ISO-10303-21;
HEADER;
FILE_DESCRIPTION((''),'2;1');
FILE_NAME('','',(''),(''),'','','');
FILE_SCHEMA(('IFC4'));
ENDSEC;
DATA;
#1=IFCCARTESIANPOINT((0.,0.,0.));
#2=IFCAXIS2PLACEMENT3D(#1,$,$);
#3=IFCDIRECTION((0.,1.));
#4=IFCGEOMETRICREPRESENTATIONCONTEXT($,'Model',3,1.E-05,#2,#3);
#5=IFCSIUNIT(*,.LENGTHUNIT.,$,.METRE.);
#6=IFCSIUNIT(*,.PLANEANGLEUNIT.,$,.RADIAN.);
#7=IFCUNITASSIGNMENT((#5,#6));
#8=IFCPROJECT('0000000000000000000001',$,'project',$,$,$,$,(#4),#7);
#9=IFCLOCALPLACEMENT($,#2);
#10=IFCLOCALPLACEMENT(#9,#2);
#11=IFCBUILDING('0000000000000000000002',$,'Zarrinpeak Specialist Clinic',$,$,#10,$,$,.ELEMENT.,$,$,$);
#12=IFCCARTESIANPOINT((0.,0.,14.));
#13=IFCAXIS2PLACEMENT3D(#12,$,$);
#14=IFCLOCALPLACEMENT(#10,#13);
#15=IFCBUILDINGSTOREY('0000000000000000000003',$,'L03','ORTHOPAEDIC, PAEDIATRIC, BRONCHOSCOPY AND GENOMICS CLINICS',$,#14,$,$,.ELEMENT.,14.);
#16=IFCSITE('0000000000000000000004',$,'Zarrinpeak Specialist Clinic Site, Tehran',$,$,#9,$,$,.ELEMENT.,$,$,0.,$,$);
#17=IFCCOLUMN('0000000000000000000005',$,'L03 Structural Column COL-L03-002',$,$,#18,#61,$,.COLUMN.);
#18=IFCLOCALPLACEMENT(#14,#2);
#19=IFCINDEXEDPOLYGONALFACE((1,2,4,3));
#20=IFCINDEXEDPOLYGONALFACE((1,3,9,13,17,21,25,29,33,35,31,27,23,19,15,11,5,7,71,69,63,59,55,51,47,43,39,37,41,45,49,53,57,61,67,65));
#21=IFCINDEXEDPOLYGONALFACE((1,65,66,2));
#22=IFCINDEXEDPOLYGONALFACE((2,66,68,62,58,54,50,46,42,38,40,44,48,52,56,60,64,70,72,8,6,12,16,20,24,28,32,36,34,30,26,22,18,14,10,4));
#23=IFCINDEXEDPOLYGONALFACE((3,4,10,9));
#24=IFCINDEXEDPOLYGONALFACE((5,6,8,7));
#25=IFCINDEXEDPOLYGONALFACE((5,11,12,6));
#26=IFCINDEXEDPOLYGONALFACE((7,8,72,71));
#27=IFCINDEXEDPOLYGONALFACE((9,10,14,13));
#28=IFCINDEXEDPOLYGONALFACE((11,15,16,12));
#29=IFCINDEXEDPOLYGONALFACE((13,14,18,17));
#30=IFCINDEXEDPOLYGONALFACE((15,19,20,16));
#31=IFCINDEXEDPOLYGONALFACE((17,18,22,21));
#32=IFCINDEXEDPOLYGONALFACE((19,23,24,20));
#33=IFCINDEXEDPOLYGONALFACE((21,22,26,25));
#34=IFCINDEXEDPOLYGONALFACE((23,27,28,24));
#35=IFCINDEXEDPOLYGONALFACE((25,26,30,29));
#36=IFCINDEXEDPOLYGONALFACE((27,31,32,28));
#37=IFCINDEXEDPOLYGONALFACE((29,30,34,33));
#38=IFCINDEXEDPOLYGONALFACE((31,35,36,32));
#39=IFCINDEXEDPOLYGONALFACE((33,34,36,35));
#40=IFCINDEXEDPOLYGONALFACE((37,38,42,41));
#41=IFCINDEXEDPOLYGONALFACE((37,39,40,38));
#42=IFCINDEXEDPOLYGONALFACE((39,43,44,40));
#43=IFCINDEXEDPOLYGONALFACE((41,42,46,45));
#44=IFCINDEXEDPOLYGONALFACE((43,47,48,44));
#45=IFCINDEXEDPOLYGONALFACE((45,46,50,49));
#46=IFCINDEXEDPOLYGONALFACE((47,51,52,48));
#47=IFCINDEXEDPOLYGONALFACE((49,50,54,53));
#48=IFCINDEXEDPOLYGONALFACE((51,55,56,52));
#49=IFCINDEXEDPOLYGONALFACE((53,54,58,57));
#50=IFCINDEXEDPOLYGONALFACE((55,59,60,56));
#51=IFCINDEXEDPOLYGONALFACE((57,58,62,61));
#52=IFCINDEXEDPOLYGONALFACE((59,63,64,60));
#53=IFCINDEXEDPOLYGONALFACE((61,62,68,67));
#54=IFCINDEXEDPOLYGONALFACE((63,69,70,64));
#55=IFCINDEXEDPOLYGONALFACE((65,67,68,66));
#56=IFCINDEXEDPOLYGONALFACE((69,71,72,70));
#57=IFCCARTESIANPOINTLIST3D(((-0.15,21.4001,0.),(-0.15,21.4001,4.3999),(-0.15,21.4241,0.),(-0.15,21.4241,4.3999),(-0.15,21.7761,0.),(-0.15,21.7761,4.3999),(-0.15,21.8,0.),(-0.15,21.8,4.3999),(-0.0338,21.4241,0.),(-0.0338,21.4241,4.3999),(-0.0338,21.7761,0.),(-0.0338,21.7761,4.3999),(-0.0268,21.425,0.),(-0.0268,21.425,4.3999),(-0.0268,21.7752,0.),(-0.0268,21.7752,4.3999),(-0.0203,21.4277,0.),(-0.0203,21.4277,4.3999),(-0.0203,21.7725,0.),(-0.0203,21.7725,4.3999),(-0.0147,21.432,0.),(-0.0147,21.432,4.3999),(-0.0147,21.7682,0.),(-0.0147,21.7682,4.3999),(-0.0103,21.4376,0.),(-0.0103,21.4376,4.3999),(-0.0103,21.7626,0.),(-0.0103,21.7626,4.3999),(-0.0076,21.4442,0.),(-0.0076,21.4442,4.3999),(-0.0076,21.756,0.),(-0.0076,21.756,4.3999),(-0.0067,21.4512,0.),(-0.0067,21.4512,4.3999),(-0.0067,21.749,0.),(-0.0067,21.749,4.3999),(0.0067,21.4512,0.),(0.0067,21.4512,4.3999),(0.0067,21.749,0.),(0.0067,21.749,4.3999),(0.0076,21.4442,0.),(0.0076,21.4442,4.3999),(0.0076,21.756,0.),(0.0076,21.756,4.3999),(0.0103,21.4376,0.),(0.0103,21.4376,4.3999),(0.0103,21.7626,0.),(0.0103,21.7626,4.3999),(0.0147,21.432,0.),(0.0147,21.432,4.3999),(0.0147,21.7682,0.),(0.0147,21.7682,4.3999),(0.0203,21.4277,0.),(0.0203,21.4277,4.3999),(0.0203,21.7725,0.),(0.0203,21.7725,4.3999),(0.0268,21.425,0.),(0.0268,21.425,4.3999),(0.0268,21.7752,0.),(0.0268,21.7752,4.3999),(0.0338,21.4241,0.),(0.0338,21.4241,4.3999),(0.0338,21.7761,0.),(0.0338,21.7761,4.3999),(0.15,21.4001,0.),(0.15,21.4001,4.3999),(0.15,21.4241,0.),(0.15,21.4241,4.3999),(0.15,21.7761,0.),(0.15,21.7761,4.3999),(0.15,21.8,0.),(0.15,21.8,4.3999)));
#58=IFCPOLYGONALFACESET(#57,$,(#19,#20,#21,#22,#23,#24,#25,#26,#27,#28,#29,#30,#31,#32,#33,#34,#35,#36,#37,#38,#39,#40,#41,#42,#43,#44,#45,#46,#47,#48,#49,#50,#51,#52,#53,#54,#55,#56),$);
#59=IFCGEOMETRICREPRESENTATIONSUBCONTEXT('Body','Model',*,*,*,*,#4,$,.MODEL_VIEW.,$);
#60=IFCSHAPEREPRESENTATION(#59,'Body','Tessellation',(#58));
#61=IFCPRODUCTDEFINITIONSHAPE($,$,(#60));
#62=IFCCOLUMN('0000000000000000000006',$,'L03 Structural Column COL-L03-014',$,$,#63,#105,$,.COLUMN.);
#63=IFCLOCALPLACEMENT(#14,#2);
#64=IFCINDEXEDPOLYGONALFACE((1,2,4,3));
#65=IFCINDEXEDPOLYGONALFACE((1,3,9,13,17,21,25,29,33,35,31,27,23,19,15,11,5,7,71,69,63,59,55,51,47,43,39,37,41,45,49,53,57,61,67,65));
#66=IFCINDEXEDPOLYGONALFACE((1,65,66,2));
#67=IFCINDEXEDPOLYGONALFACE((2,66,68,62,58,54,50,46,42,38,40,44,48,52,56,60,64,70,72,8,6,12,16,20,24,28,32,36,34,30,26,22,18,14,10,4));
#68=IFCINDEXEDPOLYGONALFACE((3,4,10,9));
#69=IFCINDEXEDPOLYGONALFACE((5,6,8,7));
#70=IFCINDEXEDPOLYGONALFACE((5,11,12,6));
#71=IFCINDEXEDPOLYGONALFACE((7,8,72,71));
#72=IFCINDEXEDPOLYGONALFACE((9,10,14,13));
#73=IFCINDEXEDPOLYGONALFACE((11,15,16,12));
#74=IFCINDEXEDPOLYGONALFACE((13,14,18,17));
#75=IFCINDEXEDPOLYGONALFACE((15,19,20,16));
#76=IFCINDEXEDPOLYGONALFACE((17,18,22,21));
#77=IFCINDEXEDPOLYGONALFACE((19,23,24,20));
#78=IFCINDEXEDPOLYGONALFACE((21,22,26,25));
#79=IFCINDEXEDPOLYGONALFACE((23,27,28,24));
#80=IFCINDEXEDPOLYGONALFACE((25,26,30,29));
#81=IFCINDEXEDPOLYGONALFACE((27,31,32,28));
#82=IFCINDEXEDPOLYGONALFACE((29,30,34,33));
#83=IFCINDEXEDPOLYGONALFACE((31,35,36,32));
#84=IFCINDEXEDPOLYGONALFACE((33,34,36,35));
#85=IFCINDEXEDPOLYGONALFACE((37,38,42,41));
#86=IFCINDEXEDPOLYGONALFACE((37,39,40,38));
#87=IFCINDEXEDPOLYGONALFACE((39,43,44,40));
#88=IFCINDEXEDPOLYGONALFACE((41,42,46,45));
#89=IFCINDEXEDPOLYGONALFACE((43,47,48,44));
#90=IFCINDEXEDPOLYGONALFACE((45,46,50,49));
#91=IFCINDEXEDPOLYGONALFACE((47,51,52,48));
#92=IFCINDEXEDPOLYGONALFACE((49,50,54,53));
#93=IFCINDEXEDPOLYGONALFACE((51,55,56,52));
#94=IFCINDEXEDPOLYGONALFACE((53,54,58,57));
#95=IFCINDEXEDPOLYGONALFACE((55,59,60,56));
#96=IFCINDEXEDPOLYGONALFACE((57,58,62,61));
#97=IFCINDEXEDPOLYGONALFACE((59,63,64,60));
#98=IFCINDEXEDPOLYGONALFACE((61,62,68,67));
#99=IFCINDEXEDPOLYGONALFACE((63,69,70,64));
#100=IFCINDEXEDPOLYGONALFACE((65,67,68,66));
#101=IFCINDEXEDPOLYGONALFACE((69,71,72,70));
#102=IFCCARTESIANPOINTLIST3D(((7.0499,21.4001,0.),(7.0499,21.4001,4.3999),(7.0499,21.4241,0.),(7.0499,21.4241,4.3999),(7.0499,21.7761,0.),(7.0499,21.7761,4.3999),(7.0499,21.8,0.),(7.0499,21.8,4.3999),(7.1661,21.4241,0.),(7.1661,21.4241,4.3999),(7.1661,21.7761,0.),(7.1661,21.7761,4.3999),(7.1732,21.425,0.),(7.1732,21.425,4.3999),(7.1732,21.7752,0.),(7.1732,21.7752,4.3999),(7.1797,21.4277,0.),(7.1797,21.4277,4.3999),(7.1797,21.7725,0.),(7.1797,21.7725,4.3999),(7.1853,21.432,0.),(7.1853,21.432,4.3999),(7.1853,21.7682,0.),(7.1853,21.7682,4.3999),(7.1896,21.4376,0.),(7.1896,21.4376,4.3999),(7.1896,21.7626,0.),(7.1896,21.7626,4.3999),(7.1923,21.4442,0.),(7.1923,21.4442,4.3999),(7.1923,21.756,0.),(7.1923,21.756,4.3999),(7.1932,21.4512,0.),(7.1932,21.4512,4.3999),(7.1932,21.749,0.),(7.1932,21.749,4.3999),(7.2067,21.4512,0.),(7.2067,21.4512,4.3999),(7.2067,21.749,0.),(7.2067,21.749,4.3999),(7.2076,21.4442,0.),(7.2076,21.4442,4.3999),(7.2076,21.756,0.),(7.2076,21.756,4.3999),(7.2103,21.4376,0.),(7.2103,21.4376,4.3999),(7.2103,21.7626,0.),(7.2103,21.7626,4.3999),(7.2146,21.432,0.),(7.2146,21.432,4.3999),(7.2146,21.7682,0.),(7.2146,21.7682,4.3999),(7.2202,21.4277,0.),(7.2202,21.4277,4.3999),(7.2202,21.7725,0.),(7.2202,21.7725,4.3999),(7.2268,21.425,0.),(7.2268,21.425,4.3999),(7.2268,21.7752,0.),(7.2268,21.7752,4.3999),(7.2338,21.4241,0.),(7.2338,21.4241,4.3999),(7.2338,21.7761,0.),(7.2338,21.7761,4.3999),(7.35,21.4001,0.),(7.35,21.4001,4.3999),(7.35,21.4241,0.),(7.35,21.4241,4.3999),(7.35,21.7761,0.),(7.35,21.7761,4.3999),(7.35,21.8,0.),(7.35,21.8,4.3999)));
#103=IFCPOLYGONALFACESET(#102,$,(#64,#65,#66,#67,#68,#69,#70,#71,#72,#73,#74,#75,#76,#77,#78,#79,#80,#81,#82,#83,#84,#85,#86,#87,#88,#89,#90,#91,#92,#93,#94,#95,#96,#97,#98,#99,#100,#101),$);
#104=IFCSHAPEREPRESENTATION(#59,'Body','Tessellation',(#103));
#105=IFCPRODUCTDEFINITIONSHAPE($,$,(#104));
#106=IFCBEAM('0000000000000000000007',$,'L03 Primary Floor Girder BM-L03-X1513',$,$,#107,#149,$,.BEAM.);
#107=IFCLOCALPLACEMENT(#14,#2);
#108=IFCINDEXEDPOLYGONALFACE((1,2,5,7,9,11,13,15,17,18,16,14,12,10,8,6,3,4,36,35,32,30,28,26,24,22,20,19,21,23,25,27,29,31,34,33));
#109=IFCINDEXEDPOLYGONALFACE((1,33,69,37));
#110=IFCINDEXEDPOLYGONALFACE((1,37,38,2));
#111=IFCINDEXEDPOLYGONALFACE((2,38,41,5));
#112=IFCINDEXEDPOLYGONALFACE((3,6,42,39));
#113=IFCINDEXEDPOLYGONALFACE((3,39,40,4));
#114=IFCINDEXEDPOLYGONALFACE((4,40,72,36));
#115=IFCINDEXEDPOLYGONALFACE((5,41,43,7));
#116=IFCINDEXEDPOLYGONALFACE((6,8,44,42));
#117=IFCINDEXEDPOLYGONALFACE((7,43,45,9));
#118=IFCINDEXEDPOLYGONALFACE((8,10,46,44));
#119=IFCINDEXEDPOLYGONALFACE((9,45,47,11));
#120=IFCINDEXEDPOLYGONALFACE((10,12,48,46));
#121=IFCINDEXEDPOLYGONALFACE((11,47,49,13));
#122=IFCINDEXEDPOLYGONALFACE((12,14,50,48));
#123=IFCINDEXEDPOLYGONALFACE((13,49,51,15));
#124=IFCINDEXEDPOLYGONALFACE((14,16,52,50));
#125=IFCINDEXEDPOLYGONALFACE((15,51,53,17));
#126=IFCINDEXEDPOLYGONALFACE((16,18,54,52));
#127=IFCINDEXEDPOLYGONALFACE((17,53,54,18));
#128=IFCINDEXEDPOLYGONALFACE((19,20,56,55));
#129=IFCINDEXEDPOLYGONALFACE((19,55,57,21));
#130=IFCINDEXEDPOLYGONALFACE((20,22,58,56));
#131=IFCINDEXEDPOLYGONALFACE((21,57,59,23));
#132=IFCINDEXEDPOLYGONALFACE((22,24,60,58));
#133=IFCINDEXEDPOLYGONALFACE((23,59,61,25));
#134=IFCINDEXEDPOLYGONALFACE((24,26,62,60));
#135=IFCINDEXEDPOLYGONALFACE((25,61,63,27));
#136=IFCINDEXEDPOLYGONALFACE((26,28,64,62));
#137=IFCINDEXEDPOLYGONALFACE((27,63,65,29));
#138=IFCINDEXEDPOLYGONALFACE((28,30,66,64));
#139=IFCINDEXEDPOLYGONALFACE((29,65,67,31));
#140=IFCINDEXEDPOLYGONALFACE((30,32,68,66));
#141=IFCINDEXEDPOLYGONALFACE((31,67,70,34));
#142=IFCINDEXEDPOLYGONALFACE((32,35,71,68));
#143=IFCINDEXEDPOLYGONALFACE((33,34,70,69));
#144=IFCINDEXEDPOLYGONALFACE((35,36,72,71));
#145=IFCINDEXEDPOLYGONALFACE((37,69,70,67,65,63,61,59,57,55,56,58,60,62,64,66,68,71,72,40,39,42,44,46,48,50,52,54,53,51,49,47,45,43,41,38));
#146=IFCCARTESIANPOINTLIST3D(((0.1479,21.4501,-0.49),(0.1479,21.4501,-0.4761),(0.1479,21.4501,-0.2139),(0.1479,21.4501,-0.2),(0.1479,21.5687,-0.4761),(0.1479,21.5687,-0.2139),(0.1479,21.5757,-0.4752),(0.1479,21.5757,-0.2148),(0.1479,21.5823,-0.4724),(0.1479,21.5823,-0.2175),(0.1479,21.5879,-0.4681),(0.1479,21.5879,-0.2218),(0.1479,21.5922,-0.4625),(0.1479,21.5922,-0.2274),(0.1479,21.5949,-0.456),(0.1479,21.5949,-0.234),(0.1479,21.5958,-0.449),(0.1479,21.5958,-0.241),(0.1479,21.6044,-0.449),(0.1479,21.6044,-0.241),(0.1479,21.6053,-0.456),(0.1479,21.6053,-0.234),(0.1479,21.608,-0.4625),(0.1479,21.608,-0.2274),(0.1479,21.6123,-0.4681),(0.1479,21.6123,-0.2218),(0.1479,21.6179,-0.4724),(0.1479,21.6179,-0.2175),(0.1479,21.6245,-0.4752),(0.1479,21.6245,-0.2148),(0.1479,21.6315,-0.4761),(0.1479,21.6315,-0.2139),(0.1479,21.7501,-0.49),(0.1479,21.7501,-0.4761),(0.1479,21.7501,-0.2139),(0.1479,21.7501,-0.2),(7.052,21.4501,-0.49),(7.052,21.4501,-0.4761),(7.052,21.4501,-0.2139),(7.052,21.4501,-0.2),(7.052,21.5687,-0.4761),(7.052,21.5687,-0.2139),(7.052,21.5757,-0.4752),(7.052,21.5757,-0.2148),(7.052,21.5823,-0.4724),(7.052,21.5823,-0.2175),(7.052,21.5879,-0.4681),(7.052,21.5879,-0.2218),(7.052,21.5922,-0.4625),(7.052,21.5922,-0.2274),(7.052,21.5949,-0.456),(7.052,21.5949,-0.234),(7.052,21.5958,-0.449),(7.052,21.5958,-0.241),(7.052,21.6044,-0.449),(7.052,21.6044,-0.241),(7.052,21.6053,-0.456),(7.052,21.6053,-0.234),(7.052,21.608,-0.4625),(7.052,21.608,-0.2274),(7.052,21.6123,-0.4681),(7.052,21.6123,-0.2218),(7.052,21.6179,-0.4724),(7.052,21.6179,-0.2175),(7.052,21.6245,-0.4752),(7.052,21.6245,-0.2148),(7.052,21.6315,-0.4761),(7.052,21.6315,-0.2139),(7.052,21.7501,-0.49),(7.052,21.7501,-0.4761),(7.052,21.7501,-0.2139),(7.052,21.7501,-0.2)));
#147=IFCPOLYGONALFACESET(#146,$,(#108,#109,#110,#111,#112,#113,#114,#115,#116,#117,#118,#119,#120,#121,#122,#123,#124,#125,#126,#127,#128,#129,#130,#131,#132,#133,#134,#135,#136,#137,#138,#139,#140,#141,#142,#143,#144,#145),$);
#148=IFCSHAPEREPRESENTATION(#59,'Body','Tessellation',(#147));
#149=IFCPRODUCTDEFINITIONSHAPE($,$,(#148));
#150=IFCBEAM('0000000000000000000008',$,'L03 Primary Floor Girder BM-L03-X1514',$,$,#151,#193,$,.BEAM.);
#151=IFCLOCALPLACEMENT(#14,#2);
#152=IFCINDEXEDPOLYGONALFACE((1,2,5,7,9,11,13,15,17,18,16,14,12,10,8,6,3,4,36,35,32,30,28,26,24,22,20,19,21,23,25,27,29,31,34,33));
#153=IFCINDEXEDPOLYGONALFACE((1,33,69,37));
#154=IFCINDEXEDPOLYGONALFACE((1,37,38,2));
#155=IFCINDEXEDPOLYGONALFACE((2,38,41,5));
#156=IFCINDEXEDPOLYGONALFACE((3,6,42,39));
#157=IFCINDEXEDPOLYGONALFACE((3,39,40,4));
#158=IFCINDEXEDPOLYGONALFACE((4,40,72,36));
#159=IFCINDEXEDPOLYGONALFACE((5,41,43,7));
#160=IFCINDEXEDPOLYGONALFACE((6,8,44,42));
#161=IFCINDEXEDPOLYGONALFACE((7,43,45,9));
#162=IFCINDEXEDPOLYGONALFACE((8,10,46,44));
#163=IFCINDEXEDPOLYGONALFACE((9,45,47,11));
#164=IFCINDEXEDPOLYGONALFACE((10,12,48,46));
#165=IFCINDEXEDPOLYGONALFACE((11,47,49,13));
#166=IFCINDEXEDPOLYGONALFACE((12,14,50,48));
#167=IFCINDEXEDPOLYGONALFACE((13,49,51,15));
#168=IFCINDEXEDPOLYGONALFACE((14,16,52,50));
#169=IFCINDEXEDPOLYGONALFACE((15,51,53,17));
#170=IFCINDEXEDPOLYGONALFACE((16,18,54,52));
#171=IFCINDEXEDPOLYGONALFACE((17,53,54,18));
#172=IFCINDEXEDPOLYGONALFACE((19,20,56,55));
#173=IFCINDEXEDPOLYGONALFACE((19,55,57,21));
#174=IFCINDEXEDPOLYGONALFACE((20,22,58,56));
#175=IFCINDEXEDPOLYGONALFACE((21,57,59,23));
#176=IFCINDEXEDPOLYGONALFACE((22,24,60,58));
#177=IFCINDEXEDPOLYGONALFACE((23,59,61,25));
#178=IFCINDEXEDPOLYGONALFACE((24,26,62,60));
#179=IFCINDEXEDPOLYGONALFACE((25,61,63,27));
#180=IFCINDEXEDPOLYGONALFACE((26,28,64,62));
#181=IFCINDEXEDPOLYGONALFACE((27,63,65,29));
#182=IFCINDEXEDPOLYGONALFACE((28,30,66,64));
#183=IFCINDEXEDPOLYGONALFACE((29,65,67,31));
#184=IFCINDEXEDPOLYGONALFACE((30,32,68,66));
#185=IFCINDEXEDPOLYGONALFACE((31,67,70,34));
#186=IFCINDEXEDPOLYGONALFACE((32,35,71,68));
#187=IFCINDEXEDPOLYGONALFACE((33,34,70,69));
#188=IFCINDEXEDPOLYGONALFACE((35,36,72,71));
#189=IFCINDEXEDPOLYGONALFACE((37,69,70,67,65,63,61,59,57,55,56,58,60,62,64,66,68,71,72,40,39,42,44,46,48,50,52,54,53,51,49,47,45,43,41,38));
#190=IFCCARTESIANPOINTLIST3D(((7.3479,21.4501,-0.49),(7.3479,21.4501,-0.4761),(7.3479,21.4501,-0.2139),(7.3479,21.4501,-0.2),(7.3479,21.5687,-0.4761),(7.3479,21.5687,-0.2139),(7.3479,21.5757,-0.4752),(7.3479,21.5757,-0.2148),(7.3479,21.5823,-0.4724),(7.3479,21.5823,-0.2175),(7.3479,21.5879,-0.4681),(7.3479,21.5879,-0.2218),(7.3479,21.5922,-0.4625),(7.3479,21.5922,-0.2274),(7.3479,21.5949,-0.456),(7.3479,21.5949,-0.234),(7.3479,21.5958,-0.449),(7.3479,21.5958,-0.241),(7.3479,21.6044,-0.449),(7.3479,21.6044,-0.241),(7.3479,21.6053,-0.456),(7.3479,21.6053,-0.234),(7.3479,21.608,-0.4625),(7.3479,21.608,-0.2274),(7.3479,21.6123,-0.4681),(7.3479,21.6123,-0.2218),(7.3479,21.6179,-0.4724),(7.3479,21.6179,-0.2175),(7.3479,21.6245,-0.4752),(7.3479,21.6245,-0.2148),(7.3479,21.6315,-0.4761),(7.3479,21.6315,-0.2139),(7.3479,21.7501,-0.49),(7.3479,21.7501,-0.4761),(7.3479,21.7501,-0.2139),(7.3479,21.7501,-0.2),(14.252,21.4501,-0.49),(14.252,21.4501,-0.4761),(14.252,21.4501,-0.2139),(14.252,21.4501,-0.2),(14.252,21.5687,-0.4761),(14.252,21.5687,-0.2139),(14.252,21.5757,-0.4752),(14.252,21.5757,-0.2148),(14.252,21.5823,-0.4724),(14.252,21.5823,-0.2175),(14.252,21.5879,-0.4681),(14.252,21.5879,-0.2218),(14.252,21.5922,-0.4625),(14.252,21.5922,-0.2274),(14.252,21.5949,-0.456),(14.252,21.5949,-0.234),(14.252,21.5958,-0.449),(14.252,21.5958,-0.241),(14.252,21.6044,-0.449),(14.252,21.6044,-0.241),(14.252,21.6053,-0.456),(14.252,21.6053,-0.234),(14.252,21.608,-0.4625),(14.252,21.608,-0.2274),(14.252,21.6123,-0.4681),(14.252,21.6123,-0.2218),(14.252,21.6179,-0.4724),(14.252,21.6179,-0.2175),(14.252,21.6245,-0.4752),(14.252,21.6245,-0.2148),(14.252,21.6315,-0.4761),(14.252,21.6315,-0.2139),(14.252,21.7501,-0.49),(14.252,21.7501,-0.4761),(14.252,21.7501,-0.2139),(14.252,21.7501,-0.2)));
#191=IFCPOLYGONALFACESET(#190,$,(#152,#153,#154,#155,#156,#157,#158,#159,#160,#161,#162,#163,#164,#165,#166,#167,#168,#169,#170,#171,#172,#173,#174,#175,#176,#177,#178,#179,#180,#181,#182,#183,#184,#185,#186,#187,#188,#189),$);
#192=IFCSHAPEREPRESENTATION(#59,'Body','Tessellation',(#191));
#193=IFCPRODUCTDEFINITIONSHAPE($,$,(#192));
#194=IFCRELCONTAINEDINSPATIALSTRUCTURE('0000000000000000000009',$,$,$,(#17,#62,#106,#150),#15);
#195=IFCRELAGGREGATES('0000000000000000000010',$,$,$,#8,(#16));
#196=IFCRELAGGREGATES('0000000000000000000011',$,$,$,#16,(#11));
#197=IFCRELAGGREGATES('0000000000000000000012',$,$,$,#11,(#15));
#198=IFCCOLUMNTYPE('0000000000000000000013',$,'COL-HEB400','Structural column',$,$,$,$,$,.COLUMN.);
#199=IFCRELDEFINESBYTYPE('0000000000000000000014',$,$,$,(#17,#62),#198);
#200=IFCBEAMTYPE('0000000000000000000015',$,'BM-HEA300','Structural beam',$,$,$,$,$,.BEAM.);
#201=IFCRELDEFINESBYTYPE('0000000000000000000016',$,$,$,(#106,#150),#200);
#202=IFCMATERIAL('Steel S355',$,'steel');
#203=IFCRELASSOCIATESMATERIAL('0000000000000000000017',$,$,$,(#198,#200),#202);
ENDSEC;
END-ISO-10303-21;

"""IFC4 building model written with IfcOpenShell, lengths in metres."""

from ifc_helpers import new_model, si_unit, direction, frame, origin, origin_2d, place, context, subcontext, project, spatial, i_section, extrude, material, material_profile, profile_set, type_object, element, save


model = new_model("IFC4")

# Units and contexts
model_context = context("Model", 3, precision=1e-05, world=origin(), true_north=direction((0.0, 1.0)))
body_context = subcontext(model_context, "Body", "Model", "MODEL_VIEW")
ifc_project = project(units=[si_unit("LENGTHUNIT", "METRE"), si_unit("PLANEANGLEUNIT", "RADIAN")], contexts=[model_context])

# Site, building, storey
site_placement = place(None, origin())
site = spatial("IfcSite", under=ifc_project, at=site_placement, Name="Zarrinpeak Specialist Clinic Site, Tehran", CompositionType="ELEMENT", RefElevation=0.0)
building_placement = place(site_placement, origin())
building = spatial("IfcBuilding", under=site, at=building_placement, Name="Zarrinpeak Specialist Clinic", CompositionType="ELEMENT")
storey_placement = place(building_placement, frame((0.0, 0.0, 14.0)))
storey = spatial("IfcBuildingStorey", under=building, at=storey_placement, Name="L03", Description="ORTHOPAEDIC, PAEDIATRIC, BRONCHOSCOPY AND GENOMICS CLINICS", CompositionType="ELEMENT", Elevation=14.0)

# Columns
ifc_material_1 = material(Name="Steel S355", Category="steel")
ifc_material_profile_1 = material_profile(ifc_material_1, i_section(OverallWidth=0.3, OverallDepth=0.3999, WebThickness=0.0134, FlangeThickness=0.0239, FilletRadius=0.0271, at=origin_2d()), Name="HEB 400")
ifc_profile_set_1 = profile_set([ifc_material_profile_1], Name="Steel S355")
column_type = type_object("IfcColumnType", Name="COL-HEB400", Description="Structural column", PredefinedType="COLUMN", material=ifc_profile_set_1)
for number, where, z_axis, x_axis, name in (
    (1, (0.0, 21.6001, 0.0), (0.0, 0.0, 1.0), (1.0, 0.0, 0.0), "L03 Structural Column COL-L03-002"),
    (2, (7.2, 21.6001, 0.0), (0.0, 0.0, 1.0), (1.0, 0.0, 0.0), "L03 Structural Column COL-L03-014"),
):
    element("IfcColumn", number, at=place(storey_placement, frame(where, z_axis=z_axis, x_axis=x_axis)), inside=storey, type_object=column_type, Name=name, PredefinedType="COLUMN", context=body_context, shape_type="SweptSolid", body=[
        extrude(i_section(OverallWidth=0.3, OverallDepth=0.3999, WebThickness=0.0134, FlangeThickness=0.0239, FilletRadius=0.0271, at=origin_2d()), origin(), (0.0, 0.0, 1.0), 4.3999),
    ])

# Beams
ifc_material_profile_2 = material_profile(ifc_material_1, i_section(OverallWidth=0.3, OverallDepth=0.29, WebThickness=0.0085, FlangeThickness=0.0139, FilletRadius=0.0271, at=origin_2d()), Name="HEA 300")
ifc_profile_set_2 = profile_set([ifc_material_profile_2], Name="Steel S355")
beam_type_1 = type_object("IfcBeamType", Name="BM-HEA300", Description="Structural beam", PredefinedType="BEAM", material=ifc_profile_set_2)
for number, where, z_axis, x_axis, name in (
    (3, (0.1479, 21.6001, -0.345), (1.0, 0.0, 0.0), (0.0, 1.0, 0.0), "L03 Primary Floor Girder BM-L03-X1513"),
    (4, (7.3479, 21.6001, -0.345), (1.0, 0.0, 0.0), (0.0, 1.0, 0.0), "L03 Primary Floor Girder BM-L03-X1514"),
):
    element("IfcBeam", number, at=place(storey_placement, frame(where, z_axis=z_axis, x_axis=x_axis)), inside=storey, type_object=beam_type_1, Name=name, PredefinedType="BEAM", context=body_context, shape_type="SweptSolid", body=[
        extrude(i_section(OverallWidth=0.3, OverallDepth=0.29, WebThickness=0.0085, FlangeThickness=0.0139, FilletRadius=0.0271, at=origin_2d()), origin(), (0.0, 0.0, 1.0), 6.9041),
    ])

save(model, "model.ifc")
